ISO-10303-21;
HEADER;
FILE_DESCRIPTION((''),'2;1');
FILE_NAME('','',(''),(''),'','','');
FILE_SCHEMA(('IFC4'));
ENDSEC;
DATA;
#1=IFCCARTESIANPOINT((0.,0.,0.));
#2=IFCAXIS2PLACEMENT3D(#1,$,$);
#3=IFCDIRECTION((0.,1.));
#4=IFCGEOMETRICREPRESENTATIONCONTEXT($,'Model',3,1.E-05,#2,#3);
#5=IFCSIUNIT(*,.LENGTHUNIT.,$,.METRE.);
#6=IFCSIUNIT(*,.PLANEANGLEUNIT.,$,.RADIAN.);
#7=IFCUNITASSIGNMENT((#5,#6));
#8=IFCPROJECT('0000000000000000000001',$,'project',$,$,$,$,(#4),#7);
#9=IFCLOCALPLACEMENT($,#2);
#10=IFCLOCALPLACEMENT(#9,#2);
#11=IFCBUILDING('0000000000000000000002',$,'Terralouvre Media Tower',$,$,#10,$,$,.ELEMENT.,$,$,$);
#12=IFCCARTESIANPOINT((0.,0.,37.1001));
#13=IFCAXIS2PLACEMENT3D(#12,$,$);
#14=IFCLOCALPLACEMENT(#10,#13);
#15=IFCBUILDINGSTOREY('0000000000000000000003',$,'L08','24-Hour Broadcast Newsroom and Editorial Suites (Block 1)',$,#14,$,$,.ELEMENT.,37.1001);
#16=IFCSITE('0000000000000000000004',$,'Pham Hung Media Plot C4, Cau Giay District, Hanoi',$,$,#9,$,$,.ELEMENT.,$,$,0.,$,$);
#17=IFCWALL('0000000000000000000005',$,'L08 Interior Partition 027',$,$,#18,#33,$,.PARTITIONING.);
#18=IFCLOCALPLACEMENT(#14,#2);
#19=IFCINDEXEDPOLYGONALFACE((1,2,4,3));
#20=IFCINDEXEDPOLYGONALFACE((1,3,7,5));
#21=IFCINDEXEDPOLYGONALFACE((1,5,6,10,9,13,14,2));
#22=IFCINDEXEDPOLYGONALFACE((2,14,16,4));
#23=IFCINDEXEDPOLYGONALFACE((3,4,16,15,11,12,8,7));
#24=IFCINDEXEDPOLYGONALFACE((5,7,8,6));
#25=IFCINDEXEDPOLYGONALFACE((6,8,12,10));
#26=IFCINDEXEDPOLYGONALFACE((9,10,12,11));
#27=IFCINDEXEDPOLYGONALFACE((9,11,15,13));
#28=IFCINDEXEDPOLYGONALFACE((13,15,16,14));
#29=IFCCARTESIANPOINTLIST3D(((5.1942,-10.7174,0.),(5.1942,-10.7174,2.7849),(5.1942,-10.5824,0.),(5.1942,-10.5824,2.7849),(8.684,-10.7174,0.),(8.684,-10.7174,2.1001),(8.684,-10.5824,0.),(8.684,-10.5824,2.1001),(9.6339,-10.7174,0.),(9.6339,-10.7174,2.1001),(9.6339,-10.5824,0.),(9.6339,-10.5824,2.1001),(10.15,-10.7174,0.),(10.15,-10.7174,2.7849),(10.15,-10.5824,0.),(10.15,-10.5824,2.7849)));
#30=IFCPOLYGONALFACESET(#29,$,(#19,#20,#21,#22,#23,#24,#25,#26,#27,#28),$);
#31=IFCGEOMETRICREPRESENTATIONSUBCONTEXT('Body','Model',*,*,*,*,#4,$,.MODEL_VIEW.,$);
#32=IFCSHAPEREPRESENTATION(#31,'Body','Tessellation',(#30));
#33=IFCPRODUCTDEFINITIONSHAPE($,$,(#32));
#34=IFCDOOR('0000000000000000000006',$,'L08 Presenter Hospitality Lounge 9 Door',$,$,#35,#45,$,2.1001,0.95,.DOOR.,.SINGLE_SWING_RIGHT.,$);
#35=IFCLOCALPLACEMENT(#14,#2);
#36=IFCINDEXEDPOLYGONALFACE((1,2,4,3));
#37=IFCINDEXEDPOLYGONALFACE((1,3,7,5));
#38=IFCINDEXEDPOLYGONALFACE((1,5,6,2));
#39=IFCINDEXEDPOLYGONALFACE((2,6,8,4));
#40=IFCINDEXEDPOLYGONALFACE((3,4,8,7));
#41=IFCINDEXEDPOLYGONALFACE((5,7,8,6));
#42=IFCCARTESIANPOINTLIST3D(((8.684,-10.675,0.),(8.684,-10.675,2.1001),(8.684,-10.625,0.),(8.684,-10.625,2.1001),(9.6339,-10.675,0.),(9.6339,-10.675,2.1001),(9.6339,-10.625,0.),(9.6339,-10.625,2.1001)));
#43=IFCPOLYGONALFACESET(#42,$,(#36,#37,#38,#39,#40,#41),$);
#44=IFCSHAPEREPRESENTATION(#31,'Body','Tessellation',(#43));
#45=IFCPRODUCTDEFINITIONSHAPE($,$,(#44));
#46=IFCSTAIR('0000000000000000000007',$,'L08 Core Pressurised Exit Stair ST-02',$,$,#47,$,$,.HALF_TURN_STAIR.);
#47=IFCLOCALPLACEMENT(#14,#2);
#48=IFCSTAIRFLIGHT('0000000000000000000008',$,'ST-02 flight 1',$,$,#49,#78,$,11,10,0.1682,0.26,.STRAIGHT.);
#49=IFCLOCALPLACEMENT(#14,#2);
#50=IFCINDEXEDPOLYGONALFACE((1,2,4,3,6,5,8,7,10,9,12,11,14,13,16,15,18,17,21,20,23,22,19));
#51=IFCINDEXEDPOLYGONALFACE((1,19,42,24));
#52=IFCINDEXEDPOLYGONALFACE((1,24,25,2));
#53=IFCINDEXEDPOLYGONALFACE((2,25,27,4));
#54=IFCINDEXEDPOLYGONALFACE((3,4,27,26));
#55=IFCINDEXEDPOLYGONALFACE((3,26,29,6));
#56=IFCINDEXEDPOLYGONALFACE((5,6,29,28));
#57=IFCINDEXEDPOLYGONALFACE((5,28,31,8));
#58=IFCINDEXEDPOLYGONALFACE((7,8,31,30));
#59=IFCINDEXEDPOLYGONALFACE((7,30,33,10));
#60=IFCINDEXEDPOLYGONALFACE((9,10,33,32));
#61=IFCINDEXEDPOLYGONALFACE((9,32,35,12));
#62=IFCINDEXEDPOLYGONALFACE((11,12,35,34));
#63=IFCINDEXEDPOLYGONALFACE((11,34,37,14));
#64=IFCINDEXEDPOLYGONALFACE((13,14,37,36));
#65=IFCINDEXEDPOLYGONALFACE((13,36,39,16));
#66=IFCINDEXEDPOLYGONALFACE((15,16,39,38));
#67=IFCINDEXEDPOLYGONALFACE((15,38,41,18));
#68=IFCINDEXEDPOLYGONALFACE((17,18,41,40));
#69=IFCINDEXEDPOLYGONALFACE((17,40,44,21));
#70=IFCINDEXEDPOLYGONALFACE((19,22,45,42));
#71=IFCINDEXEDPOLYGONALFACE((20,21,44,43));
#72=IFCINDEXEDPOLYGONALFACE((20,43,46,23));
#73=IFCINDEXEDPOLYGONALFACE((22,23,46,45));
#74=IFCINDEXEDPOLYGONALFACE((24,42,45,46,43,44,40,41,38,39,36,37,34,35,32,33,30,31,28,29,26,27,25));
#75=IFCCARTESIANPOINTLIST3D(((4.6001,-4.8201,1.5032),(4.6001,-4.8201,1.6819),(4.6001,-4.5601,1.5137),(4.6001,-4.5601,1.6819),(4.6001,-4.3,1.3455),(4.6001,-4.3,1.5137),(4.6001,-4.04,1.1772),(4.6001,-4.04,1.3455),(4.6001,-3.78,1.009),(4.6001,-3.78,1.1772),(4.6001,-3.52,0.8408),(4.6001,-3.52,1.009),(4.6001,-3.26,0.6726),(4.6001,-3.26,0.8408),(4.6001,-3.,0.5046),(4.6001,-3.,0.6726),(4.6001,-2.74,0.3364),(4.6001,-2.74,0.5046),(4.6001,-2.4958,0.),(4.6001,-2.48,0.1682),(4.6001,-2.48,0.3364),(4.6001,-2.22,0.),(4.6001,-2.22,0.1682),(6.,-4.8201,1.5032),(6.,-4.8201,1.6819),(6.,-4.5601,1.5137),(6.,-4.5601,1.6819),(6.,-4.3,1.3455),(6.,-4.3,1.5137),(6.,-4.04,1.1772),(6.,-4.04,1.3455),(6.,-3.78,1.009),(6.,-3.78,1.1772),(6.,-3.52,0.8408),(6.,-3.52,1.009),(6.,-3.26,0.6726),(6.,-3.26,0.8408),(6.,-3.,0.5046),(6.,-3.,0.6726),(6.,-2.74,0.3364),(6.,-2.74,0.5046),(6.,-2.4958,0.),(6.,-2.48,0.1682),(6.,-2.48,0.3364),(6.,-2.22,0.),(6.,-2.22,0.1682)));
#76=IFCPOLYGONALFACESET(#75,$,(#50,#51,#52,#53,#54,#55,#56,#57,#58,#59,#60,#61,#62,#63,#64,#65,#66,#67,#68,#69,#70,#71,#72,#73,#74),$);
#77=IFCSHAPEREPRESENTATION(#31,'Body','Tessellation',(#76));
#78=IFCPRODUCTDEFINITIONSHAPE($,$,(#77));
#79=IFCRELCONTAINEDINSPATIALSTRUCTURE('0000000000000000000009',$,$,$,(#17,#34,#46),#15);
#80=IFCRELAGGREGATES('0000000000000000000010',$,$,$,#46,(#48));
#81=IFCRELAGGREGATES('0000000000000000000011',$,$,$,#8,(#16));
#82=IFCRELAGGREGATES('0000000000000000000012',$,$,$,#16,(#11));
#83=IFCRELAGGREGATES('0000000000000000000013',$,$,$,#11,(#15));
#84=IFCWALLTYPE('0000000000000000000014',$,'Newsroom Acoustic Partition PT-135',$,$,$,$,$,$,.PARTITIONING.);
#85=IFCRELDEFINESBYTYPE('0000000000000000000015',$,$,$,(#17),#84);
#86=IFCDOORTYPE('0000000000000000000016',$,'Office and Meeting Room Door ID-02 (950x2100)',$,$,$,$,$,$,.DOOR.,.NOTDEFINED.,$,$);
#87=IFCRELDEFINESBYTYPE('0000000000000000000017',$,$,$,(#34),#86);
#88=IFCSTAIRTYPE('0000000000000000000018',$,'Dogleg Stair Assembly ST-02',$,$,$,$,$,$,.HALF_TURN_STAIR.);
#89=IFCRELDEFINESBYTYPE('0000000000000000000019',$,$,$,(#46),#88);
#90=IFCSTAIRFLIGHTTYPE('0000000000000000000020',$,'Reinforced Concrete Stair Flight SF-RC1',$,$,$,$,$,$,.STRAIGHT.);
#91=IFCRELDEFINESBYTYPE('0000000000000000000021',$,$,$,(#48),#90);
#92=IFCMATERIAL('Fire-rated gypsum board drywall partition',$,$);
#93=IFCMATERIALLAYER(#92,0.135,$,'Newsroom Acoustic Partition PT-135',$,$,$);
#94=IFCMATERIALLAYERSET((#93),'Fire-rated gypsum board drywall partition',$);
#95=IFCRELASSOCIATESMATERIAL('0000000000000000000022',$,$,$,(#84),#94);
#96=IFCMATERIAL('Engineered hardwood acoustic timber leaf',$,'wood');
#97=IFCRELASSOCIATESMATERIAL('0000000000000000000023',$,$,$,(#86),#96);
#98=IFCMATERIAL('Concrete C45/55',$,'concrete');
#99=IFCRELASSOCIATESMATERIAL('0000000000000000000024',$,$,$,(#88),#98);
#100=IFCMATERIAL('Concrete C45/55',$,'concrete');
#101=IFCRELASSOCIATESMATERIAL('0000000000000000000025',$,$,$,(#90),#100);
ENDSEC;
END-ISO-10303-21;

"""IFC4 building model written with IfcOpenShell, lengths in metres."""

from ifc_helpers import new_model, si_unit, direction, frame, frame_2d, origin, place, context, subcontext, project, spatial, polyline, rectangle, outline, extrude, material, layer, layer_set, type_object, element, fill, aggregate, save


model = new_model("IFC4")

# Units and contexts
model_context = context("Model", 3, precision=1e-05, world=origin(), true_north=direction((0.0, 1.0)))
body_context = subcontext(model_context, "Body", "Model", "MODEL_VIEW")
ifc_project = project(units=[si_unit("LENGTHUNIT", "METRE"), si_unit("PLANEANGLEUNIT", "RADIAN")], contexts=[model_context])

# Site, building, storey
site_placement = place(None, origin())
site = spatial("IfcSite", under=ifc_project, at=site_placement, Name="Pham Hung Media Plot C4, Cau Giay District, Hanoi", CompositionType="ELEMENT", RefElevation=0.0)
building_placement = place(site_placement, origin())
building = spatial("IfcBuilding", under=site, at=building_placement, Name="Terralouvre Media Tower", CompositionType="ELEMENT")
storey_placement = place(building_placement, frame((0.0, 0.0, 37.1001)))
storey = spatial("IfcBuildingStorey", under=building, at=storey_placement, Name="L08", Description="24-Hour Broadcast Newsroom and Editorial Suites (Block 1)", CompositionType="ELEMENT", Elevation=37.1001)

# Wall, opening, door
ifc_material_1 = material(Name="Fire-rated gypsum board drywall partition")
ifc_layer_1 = layer(ifc_material_1, 0.135, Name="Newsroom Acoustic Partition PT-135")
ifc_layer_set_1 = layer_set([ifc_layer_1], Name="Fire-rated gypsum board drywall partition")
wall_type_1 = type_object("IfcWallType", Name="Newsroom Acoustic Partition PT-135", PredefinedType="PARTITIONING", material=ifc_layer_set_1)
wall_1_placement = place(storey_placement, frame((5.1941, -10.6499, 0.0), z_axis=(0.0, 0.0, 1.0), x_axis=(1.0, 0.0, 0.0)))
wall_1 = element("IfcWall", 1, at=wall_1_placement, inside=storey, type_object=wall_type_1, Name="L08 Interior Partition 027", PredefinedType="PARTITIONING", context=body_context, shape_type="SweptSolid", body=[
    extrude(rectangle(XDim=4.9558, YDim=0.135, at=frame_2d((2.478, 0.0))), origin(), (0.0, 0.0, 1.0), 2.7849),
])
opening_1_placement = place(wall_1_placement, frame((3.4897, 0.0, 0.0)))
opening_1 = element("IfcOpeningElement", 2, at=opening_1_placement, cuts=wall_1, PredefinedType="OPENING", context=body_context, shape_type="SweptSolid", body=[
    extrude(rectangle(XDim=0.95, YDim=2.1001, at=frame_2d((0.4751, 1.05))), frame((0.0, 0.0774, 0.0), z_axis=(0.0, -1.0, 0.0), x_axis=(1.0, 0.0, 0.0)), (0.0, 0.0, 1.0), 0.155),
])
ifc_material_2 = material(Name="Engineered hardwood acoustic timber leaf", Category="wood")
door_type_1 = type_object("IfcDoorType", Name="Office and Meeting Room Door ID-02 (950x2100)", OperationType="NOTDEFINED", PredefinedType="DOOR", material=ifc_material_2)
door_1_placement = place(opening_1_placement, origin())
door_1 = element("IfcDoor", 3, at=door_1_placement, inside=storey, type_object=door_type_1, Name="L08 Presenter Hospitality Lounge 9 Door", OperationType="SINGLE_SWING_RIGHT", OverallHeight=2.1001, OverallWidth=0.95, PredefinedType="DOOR", context=body_context, shape_type="SweptSolid", body=[
    extrude(rectangle(XDim=0.95, YDim=2.1001, at=frame_2d((0.4751, 1.05))), frame((0.0, 0.0249, 0.0), z_axis=(0.0, -1.0, 0.0), x_axis=(1.0, 0.0, 0.0)), (0.0, 0.0, 1.0), 0.05),
])
fill(opening_1, door_1)

# Stair, stair flight
ifc_material_3 = material(Name="Concrete C45/55", Category="concrete")
stair_type = type_object("IfcStairType", Name="Dogleg Stair Assembly ST-02", PredefinedType="HALF_TURN_STAIR", material=ifc_material_3)
stair_placement = place(storey_placement, origin())
stair = element("IfcStair", 4, at=stair_placement, inside=storey, type_object=stair_type, Name="L08 Core Pressurised Exit Stair ST-02", PredefinedType="HALF_TURN_STAIR")
ifc_material_4 = material(Name="Concrete C45/55", Category="concrete")
stair_flight_type = type_object("IfcStairFlightType", Name="Reinforced Concrete Stair Flight SF-RC1", PredefinedType="STRAIGHT", material=ifc_material_4)
stair_flight_placement = place(storey_placement, frame((5.3, -2.22, 0.0), z_axis=(0.0, 0.0, 1.0), x_axis=(0.0, -1.0, 0.0)))
stair_flight = element("IfcStairFlight", 5, at=stair_flight_placement, type_object=stair_flight_type, Name="ST-02 flight 1", NumberOfRisers=11, NumberOfTreads=10, PredefinedType="STRAIGHT", RiserHeight=0.1682, TreadLength=0.26, context=body_context, shape_type="SweptSolid", body=[
    extrude(outline(polyline([(0.0, 0.0), (0.0, 0.1682), (0.26, 0.1682), (0.26, 0.3364), (0.52, 0.3364), (0.52, 0.5046), (0.78, 0.5046), (0.78, 0.6726), (1.04, 0.6726), (1.04, 0.8408), (1.3, 0.8408), (1.3, 1.009), (1.5601, 1.009), (1.5601, 1.1772), (1.8201, 1.1772), (1.8201, 1.3455), (2.0801, 1.3455), (2.0801, 1.5137), (2.3401, 1.5137), (2.3401, 1.6819), (2.6001, 1.6819), (2.6001, 1.8501), (2.6001, 1.5032), (0.2759, 0.0), (0.0, 0.0)])), frame((0.0, 0.7, 0.0), z_axis=(0.0, -1.0, 0.0), x_axis=(1.0, 0.0, 0.0)), (0.0, 0.0, 1.0), 1.3999),
])
aggregate(stair, [stair_flight])

save(model, "model.ifc")
